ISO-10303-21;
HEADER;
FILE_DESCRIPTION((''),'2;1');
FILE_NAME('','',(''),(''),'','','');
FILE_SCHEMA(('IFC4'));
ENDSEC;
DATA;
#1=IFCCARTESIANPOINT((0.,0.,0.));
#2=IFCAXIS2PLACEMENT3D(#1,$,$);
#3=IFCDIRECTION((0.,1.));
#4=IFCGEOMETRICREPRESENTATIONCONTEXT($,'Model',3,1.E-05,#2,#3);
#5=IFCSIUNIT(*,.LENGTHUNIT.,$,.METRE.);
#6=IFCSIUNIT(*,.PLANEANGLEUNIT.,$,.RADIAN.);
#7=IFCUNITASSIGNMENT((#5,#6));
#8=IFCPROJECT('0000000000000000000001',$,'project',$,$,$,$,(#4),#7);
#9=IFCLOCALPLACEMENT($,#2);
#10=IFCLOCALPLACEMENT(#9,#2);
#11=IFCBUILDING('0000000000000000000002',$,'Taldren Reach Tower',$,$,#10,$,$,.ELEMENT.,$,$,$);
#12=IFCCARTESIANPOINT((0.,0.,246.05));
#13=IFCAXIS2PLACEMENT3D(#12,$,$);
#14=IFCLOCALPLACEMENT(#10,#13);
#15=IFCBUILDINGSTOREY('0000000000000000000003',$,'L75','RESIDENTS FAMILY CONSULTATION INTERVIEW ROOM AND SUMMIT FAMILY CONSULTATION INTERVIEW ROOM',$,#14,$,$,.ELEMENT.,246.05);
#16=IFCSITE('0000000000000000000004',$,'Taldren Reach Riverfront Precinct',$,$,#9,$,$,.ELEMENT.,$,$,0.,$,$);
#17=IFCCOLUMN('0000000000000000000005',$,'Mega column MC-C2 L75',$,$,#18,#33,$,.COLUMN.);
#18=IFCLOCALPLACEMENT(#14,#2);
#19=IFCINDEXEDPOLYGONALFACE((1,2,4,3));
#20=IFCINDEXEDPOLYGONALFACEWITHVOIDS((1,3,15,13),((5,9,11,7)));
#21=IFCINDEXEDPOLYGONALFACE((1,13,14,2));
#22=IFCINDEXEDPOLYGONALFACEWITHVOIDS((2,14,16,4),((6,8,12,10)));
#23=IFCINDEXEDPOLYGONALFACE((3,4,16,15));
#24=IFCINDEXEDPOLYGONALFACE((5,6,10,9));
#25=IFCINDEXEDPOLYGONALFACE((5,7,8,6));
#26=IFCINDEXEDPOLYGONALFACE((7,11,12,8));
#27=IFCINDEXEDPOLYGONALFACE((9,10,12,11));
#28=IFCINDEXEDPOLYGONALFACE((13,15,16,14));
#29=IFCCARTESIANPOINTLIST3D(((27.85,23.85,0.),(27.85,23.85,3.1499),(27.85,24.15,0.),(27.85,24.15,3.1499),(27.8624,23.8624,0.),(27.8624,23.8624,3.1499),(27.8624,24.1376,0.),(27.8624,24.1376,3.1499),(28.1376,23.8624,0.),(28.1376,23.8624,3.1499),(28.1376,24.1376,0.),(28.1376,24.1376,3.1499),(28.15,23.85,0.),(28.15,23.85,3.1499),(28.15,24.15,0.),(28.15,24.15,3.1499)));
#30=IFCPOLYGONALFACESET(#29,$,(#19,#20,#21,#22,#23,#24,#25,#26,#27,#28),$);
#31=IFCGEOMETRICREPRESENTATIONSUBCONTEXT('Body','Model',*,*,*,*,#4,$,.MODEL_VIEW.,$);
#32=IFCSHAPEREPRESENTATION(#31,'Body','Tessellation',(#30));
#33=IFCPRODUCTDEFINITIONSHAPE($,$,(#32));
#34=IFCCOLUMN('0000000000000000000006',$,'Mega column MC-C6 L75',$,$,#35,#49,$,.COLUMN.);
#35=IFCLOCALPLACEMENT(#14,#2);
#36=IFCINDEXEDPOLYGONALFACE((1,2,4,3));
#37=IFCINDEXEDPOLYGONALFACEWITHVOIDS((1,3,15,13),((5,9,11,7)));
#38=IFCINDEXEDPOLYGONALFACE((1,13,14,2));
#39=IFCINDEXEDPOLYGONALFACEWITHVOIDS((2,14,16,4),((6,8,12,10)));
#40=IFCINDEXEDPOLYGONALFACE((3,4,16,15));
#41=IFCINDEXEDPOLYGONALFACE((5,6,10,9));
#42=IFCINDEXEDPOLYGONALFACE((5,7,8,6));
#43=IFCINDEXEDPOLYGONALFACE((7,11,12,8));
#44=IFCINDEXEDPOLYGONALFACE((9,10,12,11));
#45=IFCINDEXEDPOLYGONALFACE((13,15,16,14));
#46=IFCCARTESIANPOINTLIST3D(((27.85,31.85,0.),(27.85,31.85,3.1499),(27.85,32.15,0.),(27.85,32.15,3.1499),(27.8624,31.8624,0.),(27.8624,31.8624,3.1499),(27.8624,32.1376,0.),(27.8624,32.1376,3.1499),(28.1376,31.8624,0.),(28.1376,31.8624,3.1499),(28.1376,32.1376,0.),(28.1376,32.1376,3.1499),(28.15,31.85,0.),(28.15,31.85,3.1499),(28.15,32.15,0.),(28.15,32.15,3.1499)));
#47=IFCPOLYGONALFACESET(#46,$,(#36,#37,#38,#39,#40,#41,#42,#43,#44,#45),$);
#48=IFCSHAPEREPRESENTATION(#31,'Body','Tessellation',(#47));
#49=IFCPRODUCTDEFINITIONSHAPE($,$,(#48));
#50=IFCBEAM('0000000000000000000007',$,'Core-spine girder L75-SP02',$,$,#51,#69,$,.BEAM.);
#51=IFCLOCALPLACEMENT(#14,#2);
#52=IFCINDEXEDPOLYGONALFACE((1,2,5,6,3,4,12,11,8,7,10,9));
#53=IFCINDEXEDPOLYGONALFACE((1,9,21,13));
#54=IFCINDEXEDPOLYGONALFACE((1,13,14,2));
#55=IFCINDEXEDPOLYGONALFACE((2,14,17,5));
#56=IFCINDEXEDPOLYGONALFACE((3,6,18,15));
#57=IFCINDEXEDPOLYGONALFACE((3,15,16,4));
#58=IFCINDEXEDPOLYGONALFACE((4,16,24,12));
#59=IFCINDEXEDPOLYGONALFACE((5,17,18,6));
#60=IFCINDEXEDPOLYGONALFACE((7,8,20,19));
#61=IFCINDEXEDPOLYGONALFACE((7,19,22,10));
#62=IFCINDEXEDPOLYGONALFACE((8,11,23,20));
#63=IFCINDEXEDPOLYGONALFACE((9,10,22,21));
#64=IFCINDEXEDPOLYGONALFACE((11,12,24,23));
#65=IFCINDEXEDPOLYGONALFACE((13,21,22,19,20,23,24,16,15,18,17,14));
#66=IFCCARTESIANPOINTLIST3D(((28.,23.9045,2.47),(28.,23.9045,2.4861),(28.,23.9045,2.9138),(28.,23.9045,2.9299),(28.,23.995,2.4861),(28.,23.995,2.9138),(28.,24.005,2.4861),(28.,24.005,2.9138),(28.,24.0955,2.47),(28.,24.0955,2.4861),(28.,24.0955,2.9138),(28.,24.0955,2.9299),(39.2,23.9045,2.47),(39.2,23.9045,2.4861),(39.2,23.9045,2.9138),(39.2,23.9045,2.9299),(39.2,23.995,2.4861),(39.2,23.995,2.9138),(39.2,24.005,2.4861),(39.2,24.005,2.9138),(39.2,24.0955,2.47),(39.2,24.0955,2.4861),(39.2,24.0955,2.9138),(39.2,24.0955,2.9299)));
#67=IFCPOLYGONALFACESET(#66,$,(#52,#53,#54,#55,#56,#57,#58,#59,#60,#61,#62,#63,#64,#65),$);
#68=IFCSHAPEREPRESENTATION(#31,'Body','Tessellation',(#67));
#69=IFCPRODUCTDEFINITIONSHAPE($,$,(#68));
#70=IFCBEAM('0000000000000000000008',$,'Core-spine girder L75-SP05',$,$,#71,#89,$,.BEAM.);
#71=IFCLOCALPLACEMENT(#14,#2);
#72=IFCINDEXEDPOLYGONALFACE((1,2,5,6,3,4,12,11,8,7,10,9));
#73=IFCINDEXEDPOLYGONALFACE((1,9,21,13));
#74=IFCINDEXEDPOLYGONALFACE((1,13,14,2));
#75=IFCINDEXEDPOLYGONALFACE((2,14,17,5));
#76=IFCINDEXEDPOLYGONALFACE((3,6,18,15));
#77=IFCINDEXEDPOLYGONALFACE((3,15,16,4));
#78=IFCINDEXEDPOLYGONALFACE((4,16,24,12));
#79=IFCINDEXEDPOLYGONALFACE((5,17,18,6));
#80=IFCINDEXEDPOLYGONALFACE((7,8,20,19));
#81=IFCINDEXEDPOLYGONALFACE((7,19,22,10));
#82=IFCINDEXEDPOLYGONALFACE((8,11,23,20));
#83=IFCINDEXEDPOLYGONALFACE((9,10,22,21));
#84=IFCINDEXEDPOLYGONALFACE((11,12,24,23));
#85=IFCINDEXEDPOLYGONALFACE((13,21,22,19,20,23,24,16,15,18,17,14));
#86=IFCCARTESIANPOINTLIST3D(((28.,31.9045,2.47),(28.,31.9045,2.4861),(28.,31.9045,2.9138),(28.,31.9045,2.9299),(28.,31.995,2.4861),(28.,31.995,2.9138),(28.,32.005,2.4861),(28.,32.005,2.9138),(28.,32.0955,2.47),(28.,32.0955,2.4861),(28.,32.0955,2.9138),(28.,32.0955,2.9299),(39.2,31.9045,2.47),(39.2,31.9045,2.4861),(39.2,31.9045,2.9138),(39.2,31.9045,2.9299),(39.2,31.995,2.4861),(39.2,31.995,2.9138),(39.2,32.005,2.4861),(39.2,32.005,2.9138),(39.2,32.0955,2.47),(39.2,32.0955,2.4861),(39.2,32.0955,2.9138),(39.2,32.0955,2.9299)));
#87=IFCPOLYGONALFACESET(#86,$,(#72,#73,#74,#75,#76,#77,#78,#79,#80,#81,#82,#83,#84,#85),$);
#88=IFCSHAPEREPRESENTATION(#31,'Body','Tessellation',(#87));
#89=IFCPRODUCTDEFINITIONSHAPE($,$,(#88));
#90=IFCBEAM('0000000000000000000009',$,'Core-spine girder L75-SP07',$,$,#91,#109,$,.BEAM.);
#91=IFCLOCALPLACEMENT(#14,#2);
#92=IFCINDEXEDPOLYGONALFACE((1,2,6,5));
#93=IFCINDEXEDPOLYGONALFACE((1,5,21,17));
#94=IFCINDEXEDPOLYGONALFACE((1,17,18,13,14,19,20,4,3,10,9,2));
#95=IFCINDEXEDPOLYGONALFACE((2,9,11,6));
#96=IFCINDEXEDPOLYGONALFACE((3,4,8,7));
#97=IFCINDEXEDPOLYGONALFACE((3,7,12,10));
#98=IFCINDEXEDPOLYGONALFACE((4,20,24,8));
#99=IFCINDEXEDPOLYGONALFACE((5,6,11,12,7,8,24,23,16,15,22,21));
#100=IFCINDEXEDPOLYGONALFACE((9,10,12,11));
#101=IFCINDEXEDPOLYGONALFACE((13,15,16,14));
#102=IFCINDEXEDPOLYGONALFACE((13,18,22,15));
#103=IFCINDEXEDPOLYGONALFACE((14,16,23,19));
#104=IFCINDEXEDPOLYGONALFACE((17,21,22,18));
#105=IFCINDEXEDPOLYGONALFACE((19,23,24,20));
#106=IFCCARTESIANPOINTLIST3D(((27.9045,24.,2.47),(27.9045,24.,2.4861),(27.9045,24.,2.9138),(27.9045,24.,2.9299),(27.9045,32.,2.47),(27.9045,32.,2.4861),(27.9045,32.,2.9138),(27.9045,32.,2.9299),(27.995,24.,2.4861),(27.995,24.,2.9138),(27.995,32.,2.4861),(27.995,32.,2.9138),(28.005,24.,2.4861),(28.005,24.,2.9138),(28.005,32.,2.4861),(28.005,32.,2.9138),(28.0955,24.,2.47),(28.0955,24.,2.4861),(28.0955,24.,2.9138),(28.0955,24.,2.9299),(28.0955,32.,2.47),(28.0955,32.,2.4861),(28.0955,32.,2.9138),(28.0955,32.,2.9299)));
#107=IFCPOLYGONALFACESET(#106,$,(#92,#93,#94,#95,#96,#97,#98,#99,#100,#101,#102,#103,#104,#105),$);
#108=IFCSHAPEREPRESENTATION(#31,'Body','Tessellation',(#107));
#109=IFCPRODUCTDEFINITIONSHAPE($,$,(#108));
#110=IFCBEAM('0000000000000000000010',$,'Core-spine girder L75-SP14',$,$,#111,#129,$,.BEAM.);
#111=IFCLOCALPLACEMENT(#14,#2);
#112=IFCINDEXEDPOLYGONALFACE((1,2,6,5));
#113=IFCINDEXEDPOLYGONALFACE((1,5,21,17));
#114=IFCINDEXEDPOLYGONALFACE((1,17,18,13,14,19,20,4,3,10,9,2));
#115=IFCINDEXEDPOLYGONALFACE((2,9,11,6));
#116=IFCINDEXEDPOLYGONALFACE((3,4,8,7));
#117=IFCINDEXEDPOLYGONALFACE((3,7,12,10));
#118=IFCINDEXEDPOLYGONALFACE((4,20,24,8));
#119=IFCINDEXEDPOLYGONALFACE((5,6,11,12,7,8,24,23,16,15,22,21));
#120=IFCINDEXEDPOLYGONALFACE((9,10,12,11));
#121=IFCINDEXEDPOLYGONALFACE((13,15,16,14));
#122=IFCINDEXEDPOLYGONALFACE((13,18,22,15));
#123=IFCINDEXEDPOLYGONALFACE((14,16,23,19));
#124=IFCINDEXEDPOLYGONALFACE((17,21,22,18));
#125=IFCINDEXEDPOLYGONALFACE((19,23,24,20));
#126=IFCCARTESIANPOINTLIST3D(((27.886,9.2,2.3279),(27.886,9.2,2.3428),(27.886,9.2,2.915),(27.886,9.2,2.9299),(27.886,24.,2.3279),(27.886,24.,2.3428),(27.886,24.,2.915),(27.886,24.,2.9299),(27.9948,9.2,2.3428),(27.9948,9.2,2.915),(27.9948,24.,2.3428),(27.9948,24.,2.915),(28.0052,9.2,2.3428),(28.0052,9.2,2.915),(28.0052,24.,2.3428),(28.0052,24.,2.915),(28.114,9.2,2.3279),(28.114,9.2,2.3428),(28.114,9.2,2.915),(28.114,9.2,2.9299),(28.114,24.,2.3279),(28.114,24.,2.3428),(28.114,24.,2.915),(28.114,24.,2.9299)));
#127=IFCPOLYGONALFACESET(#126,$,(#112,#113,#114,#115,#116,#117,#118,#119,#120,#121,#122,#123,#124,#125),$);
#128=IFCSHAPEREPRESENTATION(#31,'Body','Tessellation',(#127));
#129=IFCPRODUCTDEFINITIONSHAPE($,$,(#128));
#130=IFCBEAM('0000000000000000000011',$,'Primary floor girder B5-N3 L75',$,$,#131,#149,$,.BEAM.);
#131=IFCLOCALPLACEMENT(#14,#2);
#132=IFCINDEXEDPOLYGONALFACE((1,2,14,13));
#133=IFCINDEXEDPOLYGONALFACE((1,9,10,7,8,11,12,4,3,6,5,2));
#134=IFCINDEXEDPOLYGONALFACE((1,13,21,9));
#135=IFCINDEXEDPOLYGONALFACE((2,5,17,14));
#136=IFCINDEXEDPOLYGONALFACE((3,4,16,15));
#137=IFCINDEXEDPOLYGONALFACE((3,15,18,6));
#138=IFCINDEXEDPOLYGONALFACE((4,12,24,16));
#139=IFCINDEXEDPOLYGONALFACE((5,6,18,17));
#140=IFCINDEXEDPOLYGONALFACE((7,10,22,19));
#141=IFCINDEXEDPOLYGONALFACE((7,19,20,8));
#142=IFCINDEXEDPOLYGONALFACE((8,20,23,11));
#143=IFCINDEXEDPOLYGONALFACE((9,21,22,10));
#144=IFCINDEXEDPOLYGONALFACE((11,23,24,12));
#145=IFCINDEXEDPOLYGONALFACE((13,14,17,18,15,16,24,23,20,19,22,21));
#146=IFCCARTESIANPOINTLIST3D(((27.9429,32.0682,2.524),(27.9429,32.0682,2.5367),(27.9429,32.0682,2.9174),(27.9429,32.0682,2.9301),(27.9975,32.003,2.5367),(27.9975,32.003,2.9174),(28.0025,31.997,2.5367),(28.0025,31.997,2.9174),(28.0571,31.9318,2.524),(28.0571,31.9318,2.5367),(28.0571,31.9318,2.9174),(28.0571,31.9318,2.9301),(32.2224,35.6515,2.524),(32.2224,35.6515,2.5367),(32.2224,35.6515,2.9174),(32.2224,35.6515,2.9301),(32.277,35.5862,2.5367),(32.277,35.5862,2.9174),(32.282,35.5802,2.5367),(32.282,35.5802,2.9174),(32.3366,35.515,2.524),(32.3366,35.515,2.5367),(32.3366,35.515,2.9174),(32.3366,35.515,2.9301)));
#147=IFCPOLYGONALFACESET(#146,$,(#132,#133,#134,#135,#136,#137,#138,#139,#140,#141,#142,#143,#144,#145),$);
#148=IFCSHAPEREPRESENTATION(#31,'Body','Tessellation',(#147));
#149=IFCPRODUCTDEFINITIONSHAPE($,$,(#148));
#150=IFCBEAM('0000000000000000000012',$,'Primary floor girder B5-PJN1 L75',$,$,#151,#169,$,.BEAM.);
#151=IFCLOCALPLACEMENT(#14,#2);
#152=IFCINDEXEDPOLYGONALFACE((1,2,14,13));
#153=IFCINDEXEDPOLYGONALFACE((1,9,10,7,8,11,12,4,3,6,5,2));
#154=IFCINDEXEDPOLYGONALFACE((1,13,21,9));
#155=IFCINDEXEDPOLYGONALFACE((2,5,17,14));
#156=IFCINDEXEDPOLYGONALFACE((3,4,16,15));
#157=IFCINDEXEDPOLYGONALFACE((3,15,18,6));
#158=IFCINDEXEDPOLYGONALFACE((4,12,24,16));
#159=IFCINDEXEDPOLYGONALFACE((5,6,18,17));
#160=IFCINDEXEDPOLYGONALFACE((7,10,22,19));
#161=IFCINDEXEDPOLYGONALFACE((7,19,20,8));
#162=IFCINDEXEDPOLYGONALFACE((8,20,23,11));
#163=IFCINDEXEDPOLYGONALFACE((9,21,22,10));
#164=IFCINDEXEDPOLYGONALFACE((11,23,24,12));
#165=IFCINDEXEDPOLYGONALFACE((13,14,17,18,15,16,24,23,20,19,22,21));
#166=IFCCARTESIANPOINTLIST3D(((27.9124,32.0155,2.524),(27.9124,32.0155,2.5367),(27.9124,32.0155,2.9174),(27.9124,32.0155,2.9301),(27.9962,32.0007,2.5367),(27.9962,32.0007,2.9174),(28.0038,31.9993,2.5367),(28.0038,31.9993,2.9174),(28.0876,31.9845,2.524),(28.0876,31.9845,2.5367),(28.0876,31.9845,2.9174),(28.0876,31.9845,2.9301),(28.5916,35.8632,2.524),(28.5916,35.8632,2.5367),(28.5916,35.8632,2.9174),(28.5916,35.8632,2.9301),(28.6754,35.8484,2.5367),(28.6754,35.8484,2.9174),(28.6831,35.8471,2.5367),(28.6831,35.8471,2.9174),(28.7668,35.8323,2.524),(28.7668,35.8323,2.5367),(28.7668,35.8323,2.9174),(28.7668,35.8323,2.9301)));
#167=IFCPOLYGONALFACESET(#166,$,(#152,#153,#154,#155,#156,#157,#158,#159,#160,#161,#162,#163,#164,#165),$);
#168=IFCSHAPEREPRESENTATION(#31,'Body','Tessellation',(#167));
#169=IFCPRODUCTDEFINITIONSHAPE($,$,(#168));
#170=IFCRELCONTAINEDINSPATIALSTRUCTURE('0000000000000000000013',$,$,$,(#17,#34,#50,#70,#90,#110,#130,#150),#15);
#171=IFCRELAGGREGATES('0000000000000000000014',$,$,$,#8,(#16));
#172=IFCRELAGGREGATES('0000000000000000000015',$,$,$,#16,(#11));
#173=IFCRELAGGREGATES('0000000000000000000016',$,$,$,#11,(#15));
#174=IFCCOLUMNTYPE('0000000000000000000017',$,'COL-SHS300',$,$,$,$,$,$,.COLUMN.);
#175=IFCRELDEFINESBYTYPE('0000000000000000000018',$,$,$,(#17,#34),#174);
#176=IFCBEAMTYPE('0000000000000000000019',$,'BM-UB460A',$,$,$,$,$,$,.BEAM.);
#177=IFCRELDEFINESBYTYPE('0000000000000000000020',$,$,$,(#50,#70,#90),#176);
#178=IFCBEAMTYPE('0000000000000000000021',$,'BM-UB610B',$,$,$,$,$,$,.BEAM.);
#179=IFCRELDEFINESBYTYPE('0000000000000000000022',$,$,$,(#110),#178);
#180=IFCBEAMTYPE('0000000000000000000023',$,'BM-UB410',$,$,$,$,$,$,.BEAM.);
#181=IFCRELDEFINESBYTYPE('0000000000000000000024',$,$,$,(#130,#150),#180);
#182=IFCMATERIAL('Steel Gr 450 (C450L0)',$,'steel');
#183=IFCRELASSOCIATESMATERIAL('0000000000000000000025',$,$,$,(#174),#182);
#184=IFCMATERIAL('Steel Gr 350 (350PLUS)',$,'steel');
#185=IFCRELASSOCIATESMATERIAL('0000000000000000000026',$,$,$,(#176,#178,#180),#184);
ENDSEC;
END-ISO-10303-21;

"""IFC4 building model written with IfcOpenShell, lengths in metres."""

from ifc_helpers import new_model, si_unit, direction, frame, origin, origin_2d, place, context, subcontext, project, spatial, hollow_rectangle, i_section, extrude, source, transform, mapped, material, material_profile, profile_set, type_object, element, save


model = new_model("IFC4")

# Units and contexts
model_context = context("Model", 3, precision=1e-05, world=origin(), true_north=direction((0.0, 1.0)))
body_context = subcontext(model_context, "Body", "Model", "MODEL_VIEW")
ifc_project = project(units=[si_unit("LENGTHUNIT", "METRE"), si_unit("PLANEANGLEUNIT", "RADIAN")], contexts=[model_context])

# Site, building, storey
site_placement = place(None, origin())
site = spatial("IfcSite", under=ifc_project, at=site_placement, Name="Taldren Reach Riverfront Precinct", CompositionType="ELEMENT", RefElevation=0.0)
building_placement = place(site_placement, origin())
building = spatial("IfcBuilding", under=site, at=building_placement, Name="Taldren Reach Tower", CompositionType="ELEMENT")
storey_placement = place(building_placement, frame((0.0, 0.0, 246.05)))
storey = spatial("IfcBuildingStorey", under=building, at=storey_placement, Name="L75", Description="RESIDENTS FAMILY CONSULTATION INTERVIEW ROOM AND SUMMIT FAMILY CONSULTATION INTERVIEW ROOM", CompositionType="ELEMENT", Elevation=246.05)

# Columns
ifc_material_1 = material(Name="Steel Gr 450 (C450L0)", Category="steel")
ifc_material_profile_1 = material_profile(ifc_material_1, hollow_rectangle(XDim=0.3, YDim=0.3, WallThickness=0.0125, at=origin_2d()), Name="300x300x12.5SHS")
ifc_profile_set_1 = profile_set([ifc_material_profile_1], Name="Steel Gr 450 (C450L0)")
column_type = type_object("IfcColumnType", Name="COL-SHS300", PredefinedType="COLUMN", material=ifc_profile_set_1)
shared_shape_1 = source(origin(), body_context, "Body", "SweptSolid", [
    extrude(hollow_rectangle(XDim=0.3, YDim=0.3, WallThickness=0.0125, at=origin_2d()), origin(), (0.0, 0.0, 1.0), 3.1499),
])
for number, where, z_axis, x_axis, name in (
    (1, (28.0, 24.0, 0.0), (0.0, 0.0, 1.0), (1.0, 0.0, 0.0), "Mega column MC-C2 L75"),
    (2, (28.0, 32.0, 0.0), (0.0, 0.0, 1.0), (1.0, 0.0, 0.0), "Mega column MC-C6 L75"),
):
    element("IfcColumn", number, at=place(storey_placement, frame(where, z_axis=z_axis, x_axis=x_axis)), inside=storey, type_object=column_type, Name=name, PredefinedType="COLUMN", context=body_context, shape_type="MappedRepresentation", body=[
        mapped(shared_shape_1, transform((0.0, 0.0, 0.0), scale=1.0)),
    ])

# Beams
ifc_material_2 = material(Name="Steel Gr 350 (350PLUS)", Category="steel")
ifc_material_profile_2 = material_profile(ifc_material_2, i_section(OverallWidth=0.1909, OverallDepth=0.46, WebThickness=0.01, FlangeThickness=0.0161, at=origin_2d()), Name="460UB82.1")
ifc_profile_set_2 = profile_set([ifc_material_profile_2], Name="Steel Gr 350 (350PLUS)")
beam_type_1 = type_object("IfcBeamType", Name="BM-UB460A", PredefinedType="BEAM", material=ifc_profile_set_2)
shared_shape_2 = source(origin(), body_context, "Body", "SweptSolid", [
    extrude(i_section(OverallWidth=0.1909, OverallDepth=0.46, WebThickness=0.01, FlangeThickness=0.0161, at=origin_2d()), origin(), (0.0, 0.0, 1.0), 11.2),
])
for number, where, z_axis, x_axis, name in (
    (3, (28.0, 24.0, 2.7), (1.0, 0.0, 0.0), (0.0, 1.0, 0.0), "Core-spine girder L75-SP02"),
    (4, (28.0, 32.0, 2.7), (1.0, 0.0, 0.0), (0.0, 1.0, 0.0), "Core-spine girder L75-SP05"),
):
    element("IfcBeam", number, at=place(storey_placement, frame(where, z_axis=z_axis, x_axis=x_axis)), inside=storey, type_object=beam_type_1, Name=name, PredefinedType="BEAM", context=body_context, shape_type="MappedRepresentation", body=[
        mapped(shared_shape_2, transform((0.0, 0.0, 0.0), scale=1.0)),
    ])
shared_shape_3 = source(origin(), body_context, "Body", "SweptSolid", [
    extrude(i_section(OverallWidth=0.1909, OverallDepth=0.46, WebThickness=0.01, FlangeThickness=0.0161, at=origin_2d()), origin(), (0.0, 0.0, 1.0), 8.0),
])
beam_1_placement = place(storey_placement, frame((28.0, 24.0, 2.7), z_axis=(0.0, 1.0, 0.0), x_axis=(-1.0, 0.0, 0.0)))
element("IfcBeam", 5, at=beam_1_placement, inside=storey, type_object=beam_type_1, Name="Core-spine girder L75-SP07", PredefinedType="BEAM", context=body_context, shape_type="MappedRepresentation", body=[
    mapped(shared_shape_3, transform((0.0, 0.0, 0.0), scale=1.0)),
])
ifc_material_profile_3 = material_profile(ifc_material_2, i_section(OverallWidth=0.228, OverallDepth=0.6021, WebThickness=0.0105, FlangeThickness=0.0149, at=origin_2d()), Name="610UB101")
ifc_profile_set_3 = profile_set([ifc_material_profile_3], Name="Steel Gr 350 (350PLUS)")
beam_type_2 = type_object("IfcBeamType", Name="BM-UB610B", PredefinedType="BEAM", material=ifc_profile_set_3)
shared_shape_4 = source(origin(), body_context, "Body", "SweptSolid", [
    extrude(i_section(OverallWidth=0.228, OverallDepth=0.6021, WebThickness=0.0105, FlangeThickness=0.0149, at=origin_2d()), origin(), (0.0, 0.0, 1.0), 14.8),
])
beam_2_placement = place(storey_placement, frame((28.0, 24.0, 2.6289), z_axis=(0.0, -1.0, 0.0), x_axis=(1.0, 0.0, 0.0)))
element("IfcBeam", 6, at=beam_2_placement, inside=storey, type_object=beam_type_2, Name="Core-spine girder L75-SP14", PredefinedType="BEAM", context=body_context, shape_type="MappedRepresentation", body=[
    mapped(shared_shape_4, transform((0.0, 0.0, 0.0), scale=1.0)),
])
ifc_material_profile_4 = material_profile(ifc_material_2, i_section(OverallWidth=0.178, OverallDepth=0.406, WebThickness=0.0078, FlangeThickness=0.0127, at=origin_2d()), Name="410UB59.7")
ifc_profile_set_4 = profile_set([ifc_material_profile_4], Name="Steel Gr 350 (350PLUS)")
beam_type_3 = type_object("IfcBeamType", Name="BM-UB410", PredefinedType="BEAM", material=ifc_profile_set_4)
shared_shape_5 = source(origin(), body_context, "Body", "SweptSolid", [
    extrude(i_section(OverallWidth=0.178, OverallDepth=0.406, WebThickness=0.0078, FlangeThickness=0.0127, at=origin_2d()), origin(), (0.0, 0.0, 1.0), 5.5815),
])
beam_3_placement = place(storey_placement, frame((28.0, 32.0, 2.7271), z_axis=(0.766724, 0.641977, 0.0), x_axis=(-0.641977, 0.766724, 0.0)))
element("IfcBeam", 7, at=beam_3_placement, inside=storey, type_object=beam_type_3, Name="Primary floor girder B5-N3 L75", PredefinedType="BEAM", context=body_context, shape_type="MappedRepresentation", body=[
    mapped(shared_shape_5, transform((0.0, 0.0, 0.0), scale=1.0)),
])
shared_shape_6 = source(origin(), body_context, "Body", "SweptSolid", [
    extrude(i_section(OverallWidth=0.178, OverallDepth=0.406, WebThickness=0.0078, FlangeThickness=0.0127, at=origin_2d()), origin(), (0.0, 0.0, 1.0), 3.9072),
])
beam_4_placement = place(storey_placement, frame((28.0, 32.0, 2.7271), z_axis=(0.173835, 0.984775, 0.0), x_axis=(-0.984775, 0.173835, 0.0)))
element("IfcBeam", 8, at=beam_4_placement, inside=storey, type_object=beam_type_3, Name="Primary floor girder B5-PJN1 L75", PredefinedType="BEAM", context=body_context, shape_type="MappedRepresentation", body=[
    mapped(shared_shape_6, transform((0.0, 0.0, 0.0), scale=1.0)),
])

save(model, "model.ifc")
